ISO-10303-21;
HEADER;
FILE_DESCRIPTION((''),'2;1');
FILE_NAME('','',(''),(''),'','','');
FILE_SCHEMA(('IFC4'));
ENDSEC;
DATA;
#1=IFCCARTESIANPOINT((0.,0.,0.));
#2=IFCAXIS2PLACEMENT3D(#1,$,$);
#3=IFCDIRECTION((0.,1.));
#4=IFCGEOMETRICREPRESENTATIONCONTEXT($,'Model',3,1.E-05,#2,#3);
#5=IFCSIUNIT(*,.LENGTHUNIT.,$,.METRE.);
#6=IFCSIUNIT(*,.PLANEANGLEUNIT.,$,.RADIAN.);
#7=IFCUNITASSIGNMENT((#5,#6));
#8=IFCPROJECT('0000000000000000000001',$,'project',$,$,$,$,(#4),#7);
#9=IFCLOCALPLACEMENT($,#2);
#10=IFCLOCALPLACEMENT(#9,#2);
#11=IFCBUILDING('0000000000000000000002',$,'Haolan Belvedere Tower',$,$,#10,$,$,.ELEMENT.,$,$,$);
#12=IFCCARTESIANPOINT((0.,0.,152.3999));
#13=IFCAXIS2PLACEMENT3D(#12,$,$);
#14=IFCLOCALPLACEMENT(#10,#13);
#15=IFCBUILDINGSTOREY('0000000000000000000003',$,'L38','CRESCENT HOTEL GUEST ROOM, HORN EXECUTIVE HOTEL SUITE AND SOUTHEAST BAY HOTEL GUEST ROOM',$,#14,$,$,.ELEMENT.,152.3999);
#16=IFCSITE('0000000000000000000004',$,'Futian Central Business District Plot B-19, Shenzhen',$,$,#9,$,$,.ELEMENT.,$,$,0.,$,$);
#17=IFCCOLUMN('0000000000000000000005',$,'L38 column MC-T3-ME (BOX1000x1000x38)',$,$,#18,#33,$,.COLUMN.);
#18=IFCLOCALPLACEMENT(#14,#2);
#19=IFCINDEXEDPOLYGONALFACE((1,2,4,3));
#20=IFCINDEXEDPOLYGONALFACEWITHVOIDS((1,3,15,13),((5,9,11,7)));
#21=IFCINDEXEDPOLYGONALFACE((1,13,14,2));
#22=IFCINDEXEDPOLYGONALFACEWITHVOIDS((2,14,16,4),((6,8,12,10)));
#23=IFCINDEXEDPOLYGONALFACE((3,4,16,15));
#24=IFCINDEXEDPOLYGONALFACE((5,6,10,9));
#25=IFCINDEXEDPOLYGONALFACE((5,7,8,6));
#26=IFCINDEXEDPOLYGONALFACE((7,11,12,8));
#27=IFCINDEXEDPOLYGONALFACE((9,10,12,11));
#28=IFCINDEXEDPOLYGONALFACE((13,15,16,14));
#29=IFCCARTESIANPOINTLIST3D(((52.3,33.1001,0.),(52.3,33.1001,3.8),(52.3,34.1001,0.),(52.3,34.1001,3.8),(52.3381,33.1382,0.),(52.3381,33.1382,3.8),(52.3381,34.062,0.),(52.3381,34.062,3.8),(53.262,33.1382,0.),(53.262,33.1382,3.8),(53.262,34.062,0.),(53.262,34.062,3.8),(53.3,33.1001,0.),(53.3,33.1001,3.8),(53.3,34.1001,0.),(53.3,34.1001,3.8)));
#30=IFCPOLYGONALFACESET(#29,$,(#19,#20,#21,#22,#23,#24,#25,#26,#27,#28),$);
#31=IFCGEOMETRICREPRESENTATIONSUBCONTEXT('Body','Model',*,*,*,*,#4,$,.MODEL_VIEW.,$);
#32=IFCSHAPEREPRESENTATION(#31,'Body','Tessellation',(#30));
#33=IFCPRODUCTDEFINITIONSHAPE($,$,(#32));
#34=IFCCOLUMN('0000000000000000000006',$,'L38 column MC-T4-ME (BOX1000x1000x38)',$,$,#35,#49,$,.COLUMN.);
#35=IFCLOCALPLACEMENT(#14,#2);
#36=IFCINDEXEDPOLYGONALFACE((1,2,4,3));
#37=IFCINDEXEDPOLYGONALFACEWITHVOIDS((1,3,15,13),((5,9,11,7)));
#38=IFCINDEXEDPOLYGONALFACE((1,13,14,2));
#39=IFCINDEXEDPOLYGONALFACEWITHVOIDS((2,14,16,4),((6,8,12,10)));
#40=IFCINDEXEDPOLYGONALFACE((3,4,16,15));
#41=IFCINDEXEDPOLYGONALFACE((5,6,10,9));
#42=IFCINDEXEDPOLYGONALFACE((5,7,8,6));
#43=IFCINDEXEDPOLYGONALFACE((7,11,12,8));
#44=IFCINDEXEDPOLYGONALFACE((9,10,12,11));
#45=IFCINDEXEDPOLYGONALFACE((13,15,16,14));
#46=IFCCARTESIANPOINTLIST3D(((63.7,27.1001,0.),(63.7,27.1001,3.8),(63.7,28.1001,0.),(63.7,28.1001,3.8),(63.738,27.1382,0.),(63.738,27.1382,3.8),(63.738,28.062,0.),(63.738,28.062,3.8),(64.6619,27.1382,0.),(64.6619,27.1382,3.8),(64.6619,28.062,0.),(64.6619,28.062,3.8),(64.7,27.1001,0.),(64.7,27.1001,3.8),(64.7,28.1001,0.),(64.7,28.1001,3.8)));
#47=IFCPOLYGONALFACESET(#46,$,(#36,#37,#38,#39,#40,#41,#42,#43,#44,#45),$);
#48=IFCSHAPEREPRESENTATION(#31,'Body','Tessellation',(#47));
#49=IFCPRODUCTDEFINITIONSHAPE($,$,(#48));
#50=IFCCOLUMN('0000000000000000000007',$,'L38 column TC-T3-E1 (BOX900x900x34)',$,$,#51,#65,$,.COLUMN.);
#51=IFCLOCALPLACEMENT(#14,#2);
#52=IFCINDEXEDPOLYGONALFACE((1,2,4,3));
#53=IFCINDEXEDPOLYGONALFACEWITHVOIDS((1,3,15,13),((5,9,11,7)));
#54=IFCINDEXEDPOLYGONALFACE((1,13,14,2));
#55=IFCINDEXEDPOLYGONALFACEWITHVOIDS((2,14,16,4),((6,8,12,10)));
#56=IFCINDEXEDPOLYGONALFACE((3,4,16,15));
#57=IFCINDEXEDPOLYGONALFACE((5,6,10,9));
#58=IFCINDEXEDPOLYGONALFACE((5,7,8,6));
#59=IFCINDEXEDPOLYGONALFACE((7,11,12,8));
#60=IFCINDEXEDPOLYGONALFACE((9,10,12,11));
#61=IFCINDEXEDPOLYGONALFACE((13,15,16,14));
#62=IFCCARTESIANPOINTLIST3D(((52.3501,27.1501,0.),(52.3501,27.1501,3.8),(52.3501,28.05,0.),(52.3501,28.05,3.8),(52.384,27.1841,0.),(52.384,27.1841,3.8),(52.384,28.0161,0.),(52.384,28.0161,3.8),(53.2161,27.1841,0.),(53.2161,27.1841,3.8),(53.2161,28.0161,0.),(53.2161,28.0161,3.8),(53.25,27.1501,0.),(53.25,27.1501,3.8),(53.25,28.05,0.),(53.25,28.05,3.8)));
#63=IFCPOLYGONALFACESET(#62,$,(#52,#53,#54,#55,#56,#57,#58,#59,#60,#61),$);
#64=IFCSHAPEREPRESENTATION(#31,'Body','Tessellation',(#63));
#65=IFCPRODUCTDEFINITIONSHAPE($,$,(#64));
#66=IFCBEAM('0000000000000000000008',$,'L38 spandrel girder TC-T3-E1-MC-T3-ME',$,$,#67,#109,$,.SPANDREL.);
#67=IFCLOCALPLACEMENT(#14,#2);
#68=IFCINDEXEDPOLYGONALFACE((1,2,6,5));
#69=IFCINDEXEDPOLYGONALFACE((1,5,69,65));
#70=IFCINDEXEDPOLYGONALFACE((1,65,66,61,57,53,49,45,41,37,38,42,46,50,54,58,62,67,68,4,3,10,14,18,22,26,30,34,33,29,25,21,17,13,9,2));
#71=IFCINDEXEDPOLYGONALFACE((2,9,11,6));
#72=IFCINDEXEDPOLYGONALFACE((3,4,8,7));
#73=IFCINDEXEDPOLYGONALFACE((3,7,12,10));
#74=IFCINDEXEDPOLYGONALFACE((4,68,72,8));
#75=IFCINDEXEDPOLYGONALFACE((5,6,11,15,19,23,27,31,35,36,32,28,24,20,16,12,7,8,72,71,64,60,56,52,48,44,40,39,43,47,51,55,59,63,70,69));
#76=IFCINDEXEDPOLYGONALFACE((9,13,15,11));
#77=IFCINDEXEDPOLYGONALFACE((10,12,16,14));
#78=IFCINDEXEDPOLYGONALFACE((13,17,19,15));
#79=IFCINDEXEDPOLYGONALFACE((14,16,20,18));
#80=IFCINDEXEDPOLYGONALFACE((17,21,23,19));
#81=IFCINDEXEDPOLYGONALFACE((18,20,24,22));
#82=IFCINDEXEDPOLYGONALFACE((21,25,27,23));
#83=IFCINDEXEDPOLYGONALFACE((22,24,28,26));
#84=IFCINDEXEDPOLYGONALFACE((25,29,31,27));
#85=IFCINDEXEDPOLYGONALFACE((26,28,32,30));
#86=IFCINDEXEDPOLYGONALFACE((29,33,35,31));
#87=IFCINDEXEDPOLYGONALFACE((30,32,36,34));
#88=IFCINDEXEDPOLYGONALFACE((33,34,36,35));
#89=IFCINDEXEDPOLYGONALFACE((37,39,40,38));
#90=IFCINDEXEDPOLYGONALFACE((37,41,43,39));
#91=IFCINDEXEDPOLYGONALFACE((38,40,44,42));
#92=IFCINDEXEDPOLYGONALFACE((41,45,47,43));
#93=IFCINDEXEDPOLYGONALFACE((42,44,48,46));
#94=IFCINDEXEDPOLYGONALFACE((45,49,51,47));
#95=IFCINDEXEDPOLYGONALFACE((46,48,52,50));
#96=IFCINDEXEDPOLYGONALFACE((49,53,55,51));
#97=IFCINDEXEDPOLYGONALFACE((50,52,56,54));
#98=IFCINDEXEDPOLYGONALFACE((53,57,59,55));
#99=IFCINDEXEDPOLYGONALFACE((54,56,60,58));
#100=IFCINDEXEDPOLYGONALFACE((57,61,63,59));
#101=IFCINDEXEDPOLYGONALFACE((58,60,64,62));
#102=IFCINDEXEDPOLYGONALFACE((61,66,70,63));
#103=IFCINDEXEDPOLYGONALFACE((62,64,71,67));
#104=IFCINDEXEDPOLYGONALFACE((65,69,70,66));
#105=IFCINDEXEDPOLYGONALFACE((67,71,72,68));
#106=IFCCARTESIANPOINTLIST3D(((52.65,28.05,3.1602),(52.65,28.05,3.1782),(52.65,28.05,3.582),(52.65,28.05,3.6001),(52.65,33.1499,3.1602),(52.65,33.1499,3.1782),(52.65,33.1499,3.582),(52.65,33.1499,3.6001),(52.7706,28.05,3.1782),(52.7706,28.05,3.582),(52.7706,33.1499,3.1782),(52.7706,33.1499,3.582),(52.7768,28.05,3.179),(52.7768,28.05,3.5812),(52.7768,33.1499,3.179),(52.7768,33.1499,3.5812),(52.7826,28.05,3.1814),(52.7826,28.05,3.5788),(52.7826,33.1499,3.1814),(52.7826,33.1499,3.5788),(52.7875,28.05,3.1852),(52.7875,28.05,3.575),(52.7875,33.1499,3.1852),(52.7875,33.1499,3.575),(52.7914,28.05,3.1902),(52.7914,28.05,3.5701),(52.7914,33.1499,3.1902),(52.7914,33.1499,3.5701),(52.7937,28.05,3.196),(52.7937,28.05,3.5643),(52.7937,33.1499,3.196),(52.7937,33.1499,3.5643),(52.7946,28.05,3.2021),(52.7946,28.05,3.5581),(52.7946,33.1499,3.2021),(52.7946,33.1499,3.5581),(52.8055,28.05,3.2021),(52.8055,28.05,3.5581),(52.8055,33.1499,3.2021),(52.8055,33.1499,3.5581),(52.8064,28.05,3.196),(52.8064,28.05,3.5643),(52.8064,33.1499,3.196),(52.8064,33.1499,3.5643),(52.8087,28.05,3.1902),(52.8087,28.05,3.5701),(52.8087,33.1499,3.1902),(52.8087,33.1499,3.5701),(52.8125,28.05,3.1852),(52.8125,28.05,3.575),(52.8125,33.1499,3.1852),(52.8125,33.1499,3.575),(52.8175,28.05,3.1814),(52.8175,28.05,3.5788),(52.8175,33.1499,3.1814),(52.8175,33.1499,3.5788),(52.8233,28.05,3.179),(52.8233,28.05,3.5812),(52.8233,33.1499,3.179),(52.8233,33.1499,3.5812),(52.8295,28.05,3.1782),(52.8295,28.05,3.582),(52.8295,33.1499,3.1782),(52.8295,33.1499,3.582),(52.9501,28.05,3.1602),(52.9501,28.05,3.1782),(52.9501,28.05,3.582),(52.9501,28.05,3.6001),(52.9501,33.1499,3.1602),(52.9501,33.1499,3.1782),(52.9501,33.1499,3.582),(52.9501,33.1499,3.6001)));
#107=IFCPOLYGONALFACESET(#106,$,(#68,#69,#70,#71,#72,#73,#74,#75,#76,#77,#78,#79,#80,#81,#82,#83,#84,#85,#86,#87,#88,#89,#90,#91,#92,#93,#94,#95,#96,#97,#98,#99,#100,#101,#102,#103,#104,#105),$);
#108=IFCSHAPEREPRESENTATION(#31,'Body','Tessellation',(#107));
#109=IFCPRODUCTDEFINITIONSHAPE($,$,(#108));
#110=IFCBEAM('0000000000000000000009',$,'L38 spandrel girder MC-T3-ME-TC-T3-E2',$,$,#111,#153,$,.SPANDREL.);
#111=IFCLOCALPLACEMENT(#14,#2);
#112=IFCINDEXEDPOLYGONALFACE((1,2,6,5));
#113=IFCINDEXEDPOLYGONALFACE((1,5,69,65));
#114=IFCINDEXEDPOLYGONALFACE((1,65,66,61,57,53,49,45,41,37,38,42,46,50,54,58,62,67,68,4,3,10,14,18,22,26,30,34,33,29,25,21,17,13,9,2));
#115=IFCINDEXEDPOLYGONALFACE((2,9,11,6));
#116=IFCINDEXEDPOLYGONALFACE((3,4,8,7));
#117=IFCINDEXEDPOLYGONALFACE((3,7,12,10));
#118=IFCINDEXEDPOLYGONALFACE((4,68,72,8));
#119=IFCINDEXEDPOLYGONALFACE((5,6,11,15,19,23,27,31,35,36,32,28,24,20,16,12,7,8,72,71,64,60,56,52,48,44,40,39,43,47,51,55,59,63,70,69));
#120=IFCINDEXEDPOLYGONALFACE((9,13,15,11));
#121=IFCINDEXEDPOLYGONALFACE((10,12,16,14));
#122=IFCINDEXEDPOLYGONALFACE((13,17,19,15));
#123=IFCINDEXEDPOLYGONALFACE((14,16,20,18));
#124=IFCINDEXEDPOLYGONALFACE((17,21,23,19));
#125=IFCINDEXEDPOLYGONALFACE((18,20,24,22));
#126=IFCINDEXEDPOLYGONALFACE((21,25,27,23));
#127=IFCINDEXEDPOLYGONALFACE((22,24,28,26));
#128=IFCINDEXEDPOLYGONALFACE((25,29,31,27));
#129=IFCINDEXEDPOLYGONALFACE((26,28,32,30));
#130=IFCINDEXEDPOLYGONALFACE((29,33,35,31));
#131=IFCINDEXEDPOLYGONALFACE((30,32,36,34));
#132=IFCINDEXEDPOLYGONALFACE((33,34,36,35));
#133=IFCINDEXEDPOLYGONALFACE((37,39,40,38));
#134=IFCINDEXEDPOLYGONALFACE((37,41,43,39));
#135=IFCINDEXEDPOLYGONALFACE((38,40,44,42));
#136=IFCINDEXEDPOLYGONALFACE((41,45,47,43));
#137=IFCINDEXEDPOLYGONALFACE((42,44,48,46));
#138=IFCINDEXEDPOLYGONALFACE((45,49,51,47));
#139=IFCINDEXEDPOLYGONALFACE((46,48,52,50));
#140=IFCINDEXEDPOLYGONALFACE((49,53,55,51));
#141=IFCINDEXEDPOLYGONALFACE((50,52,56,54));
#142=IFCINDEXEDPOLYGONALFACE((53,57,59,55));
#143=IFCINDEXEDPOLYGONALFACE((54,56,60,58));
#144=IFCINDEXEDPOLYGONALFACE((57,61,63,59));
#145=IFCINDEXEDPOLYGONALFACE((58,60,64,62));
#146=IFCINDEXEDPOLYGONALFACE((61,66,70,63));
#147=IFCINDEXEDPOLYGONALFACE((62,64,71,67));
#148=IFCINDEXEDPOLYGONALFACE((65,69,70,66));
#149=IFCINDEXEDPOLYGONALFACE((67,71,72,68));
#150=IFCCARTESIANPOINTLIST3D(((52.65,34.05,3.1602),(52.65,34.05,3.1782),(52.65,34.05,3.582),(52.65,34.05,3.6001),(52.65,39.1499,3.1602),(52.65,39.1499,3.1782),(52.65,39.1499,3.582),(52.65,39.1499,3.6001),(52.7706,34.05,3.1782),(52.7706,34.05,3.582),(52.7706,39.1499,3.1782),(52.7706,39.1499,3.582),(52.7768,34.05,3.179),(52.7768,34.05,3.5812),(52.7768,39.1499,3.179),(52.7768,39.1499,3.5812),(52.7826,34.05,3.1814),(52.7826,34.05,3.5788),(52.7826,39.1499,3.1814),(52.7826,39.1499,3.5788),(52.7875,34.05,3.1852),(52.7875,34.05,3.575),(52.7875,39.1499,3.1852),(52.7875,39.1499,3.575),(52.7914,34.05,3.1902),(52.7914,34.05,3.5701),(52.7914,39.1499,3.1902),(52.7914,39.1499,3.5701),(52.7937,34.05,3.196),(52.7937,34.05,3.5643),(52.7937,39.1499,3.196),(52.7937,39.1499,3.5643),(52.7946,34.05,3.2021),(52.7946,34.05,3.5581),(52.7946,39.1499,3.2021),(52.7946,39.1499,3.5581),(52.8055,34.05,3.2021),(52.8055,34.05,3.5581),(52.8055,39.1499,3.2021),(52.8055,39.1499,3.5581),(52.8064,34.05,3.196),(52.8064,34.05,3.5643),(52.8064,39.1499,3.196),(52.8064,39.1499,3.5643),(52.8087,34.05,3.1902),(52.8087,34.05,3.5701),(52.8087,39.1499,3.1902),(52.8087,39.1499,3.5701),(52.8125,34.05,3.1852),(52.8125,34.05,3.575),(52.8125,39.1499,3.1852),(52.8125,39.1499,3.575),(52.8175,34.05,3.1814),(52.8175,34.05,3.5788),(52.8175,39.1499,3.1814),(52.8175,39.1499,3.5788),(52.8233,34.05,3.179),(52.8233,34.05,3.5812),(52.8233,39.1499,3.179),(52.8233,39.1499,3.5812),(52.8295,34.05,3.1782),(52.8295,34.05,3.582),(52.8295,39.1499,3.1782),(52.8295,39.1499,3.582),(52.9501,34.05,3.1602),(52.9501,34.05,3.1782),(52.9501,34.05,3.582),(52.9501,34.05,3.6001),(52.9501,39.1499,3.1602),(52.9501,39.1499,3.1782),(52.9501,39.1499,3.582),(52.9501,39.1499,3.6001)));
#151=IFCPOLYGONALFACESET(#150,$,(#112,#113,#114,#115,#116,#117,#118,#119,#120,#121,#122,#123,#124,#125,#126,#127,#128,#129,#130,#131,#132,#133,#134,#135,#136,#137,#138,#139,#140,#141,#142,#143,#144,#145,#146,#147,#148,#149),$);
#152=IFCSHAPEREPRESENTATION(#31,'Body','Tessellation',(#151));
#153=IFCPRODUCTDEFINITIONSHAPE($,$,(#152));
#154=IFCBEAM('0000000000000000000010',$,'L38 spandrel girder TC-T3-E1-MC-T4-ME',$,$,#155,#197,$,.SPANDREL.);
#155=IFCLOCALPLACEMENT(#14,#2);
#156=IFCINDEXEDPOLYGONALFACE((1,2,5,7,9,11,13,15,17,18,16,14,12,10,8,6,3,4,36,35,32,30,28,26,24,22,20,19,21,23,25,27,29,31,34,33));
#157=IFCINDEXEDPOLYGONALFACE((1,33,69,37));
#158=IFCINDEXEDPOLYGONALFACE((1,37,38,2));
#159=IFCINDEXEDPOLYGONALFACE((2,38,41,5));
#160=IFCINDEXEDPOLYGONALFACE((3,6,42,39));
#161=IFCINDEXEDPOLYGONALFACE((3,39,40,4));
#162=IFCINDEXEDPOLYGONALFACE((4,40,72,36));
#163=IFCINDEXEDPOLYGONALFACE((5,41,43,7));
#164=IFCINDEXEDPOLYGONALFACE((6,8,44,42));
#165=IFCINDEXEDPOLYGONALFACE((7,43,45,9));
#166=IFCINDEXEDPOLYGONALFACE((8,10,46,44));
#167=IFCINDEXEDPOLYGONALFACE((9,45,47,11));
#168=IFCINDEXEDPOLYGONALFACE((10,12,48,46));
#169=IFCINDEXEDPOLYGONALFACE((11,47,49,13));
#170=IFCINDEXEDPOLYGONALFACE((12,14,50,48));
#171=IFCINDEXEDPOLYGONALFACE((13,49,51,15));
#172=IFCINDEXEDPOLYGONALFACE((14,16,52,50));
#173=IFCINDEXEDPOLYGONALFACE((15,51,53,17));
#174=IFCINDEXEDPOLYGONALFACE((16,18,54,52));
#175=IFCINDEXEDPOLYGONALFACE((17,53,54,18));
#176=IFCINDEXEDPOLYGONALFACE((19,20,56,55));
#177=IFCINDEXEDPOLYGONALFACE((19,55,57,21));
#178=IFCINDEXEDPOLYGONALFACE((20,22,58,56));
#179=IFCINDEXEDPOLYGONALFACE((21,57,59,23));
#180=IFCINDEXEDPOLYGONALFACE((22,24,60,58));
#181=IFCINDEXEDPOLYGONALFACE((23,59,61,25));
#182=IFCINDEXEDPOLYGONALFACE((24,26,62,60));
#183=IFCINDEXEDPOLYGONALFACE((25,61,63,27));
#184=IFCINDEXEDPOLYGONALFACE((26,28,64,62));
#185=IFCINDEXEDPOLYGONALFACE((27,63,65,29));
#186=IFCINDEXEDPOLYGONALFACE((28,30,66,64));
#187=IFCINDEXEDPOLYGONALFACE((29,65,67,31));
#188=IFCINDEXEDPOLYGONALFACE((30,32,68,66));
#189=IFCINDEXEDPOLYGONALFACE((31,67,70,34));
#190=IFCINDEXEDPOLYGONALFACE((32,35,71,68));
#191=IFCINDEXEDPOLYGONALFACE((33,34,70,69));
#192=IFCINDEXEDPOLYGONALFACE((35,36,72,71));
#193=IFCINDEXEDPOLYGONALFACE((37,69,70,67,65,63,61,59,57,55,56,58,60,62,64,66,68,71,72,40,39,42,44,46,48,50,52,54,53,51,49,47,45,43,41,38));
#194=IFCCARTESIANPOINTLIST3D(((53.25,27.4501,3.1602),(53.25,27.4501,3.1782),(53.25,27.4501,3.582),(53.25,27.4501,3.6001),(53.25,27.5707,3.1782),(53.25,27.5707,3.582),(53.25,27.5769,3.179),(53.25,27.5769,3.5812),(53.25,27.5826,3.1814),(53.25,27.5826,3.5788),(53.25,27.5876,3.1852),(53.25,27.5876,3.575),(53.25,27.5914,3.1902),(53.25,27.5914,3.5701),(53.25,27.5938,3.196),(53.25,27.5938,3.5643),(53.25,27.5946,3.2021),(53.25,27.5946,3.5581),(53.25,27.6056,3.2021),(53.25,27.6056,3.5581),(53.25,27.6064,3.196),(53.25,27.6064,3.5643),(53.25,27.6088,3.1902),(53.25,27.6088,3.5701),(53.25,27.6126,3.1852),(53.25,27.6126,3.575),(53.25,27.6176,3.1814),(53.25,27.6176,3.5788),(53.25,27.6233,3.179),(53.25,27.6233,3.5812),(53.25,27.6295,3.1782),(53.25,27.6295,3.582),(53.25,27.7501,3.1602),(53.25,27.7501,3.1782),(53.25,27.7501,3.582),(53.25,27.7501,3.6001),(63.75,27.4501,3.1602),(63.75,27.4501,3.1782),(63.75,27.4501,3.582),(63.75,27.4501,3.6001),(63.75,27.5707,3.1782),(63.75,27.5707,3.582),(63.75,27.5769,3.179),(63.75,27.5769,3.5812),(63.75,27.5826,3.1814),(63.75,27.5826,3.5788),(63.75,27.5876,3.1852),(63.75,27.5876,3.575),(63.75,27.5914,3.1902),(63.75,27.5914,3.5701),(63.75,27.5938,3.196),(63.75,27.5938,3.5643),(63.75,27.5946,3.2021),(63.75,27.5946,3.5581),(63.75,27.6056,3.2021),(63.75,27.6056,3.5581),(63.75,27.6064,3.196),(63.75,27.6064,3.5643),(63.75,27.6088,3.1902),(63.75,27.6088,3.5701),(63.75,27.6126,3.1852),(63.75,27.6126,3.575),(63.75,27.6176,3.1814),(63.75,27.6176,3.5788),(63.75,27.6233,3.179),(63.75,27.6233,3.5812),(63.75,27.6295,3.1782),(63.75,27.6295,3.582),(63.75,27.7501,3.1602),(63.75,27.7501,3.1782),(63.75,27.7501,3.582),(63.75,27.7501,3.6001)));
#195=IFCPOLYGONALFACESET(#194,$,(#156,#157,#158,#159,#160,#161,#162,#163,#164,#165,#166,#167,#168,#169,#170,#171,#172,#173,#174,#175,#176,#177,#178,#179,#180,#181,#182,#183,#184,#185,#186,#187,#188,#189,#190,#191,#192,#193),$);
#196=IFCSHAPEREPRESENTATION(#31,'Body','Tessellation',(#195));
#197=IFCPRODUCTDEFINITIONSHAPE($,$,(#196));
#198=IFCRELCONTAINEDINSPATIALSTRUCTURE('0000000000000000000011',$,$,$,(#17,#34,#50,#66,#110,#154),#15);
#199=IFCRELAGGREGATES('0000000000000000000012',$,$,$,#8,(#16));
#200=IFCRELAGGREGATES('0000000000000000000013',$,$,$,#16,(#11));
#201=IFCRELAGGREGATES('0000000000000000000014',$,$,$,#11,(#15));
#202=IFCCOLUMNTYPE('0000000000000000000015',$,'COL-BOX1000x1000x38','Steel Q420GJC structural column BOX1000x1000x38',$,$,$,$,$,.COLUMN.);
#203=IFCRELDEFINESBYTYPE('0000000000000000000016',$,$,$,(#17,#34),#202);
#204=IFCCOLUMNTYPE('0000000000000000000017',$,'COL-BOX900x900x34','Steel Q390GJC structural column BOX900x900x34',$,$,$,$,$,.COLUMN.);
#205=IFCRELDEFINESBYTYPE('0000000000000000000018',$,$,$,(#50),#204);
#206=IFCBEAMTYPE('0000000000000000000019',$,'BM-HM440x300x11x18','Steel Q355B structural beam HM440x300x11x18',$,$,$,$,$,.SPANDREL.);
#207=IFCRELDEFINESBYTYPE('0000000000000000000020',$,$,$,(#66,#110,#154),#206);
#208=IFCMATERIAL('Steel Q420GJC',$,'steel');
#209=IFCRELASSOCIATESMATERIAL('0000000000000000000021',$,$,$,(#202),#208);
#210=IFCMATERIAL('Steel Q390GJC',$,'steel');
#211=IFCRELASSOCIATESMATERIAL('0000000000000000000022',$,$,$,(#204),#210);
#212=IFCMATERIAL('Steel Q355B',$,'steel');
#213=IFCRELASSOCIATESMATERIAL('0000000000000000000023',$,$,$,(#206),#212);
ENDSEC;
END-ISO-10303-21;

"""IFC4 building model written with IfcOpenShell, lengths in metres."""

from ifc_helpers import new_model, si_unit, direction, frame, origin, origin_2d, place, context, subcontext, project, spatial, hollow_rectangle, i_section, extrude, material, material_profile, profile_set, type_object, element, save


model = new_model("IFC4")

# Units and contexts
model_context = context("Model", 3, precision=1e-05, world=origin(), true_north=direction((0.0, 1.0)))
body_context = subcontext(model_context, "Body", "Model", "MODEL_VIEW")
ifc_project = project(units=[si_unit("LENGTHUNIT", "METRE"), si_unit("PLANEANGLEUNIT", "RADIAN")], contexts=[model_context])

# Site, building, storey
site_placement = place(None, origin())
site = spatial("IfcSite", under=ifc_project, at=site_placement, Name="Futian Central Business District Plot B-19, Shenzhen", CompositionType="ELEMENT", RefElevation=0.0)
building_placement = place(site_placement, origin())
building = spatial("IfcBuilding", under=site, at=building_placement, Name="Haolan Belvedere Tower", CompositionType="ELEMENT")
storey_placement = place(building_placement, frame((0.0, 0.0, 152.3999)))
storey = spatial("IfcBuildingStorey", under=building, at=storey_placement, Name="L38", Description="CRESCENT HOTEL GUEST ROOM, HORN EXECUTIVE HOTEL SUITE AND SOUTHEAST BAY HOTEL GUEST ROOM", CompositionType="ELEMENT", Elevation=152.3999)

# Columns
ifc_material_1 = material(Name="Steel Q420GJC", Category="steel")
ifc_material_profile_1 = material_profile(ifc_material_1, hollow_rectangle(XDim=1.0, YDim=1.0, WallThickness=0.0381, at=origin_2d()), Name="Steel Q420GJC")
ifc_profile_set_1 = profile_set([ifc_material_profile_1], Name="Steel Q420GJC")
column_type_1 = type_object("IfcColumnType", Name="COL-BOX1000x1000x38", Description="Steel Q420GJC structural column BOX1000x1000x38", PredefinedType="COLUMN", material=ifc_profile_set_1)
for number, where, z_axis, x_axis, name in (
    (1, (52.8, 33.6001, 0.0), (0.0, 0.0, 1.0), (1.0, 0.0, 0.0), "L38 column MC-T3-ME (BOX1000x1000x38)"),
    (2, (64.2, 27.6001, 0.0), (0.0, 0.0, 1.0), (1.0, 0.0, 0.0), "L38 column MC-T4-ME (BOX1000x1000x38)"),
):
    element("IfcColumn", number, at=place(storey_placement, frame(where, z_axis=z_axis, x_axis=x_axis)), inside=storey, type_object=column_type_1, Name=name, PredefinedType="COLUMN", context=body_context, shape_type="SweptSolid", body=[
        extrude(hollow_rectangle(XDim=1.0, YDim=1.0, WallThickness=0.0381, at=origin_2d()), origin(), (0.0, 0.0, 1.0), 3.8),
    ])
ifc_material_2 = material(Name="Steel Q390GJC", Category="steel")
ifc_material_profile_2 = material_profile(ifc_material_2, hollow_rectangle(XDim=0.8999, YDim=0.8999, WallThickness=0.0339, at=origin_2d()), Name="Steel Q390GJC")
ifc_profile_set_2 = profile_set([ifc_material_profile_2], Name="Steel Q390GJC")
column_type_2 = type_object("IfcColumnType", Name="COL-BOX900x900x34", Description="Steel Q390GJC structural column BOX900x900x34", PredefinedType="COLUMN", material=ifc_profile_set_2)
column_placement = place(storey_placement, frame((52.8, 27.6001, 0.0), z_axis=(0.0, 0.0, 1.0), x_axis=(1.0, 0.0, 0.0)))
element("IfcColumn", 3, at=column_placement, inside=storey, type_object=column_type_2, Name="L38 column TC-T3-E1 (BOX900x900x34)", PredefinedType="COLUMN", context=body_context, shape_type="SweptSolid", body=[
    extrude(hollow_rectangle(XDim=0.8999, YDim=0.8999, WallThickness=0.0339, at=origin_2d()), origin(), (0.0, 0.0, 1.0), 3.8),
])

# Beams
ifc_material_3 = material(Name="Steel Q355B", Category="steel")
ifc_material_profile_3 = material_profile(ifc_material_3, i_section(OverallWidth=0.3, OverallDepth=0.4399, WebThickness=0.011, FlangeThickness=0.0181, FilletRadius=0.0239, at=origin_2d()), Name="Steel Q355B")
ifc_profile_set_3 = profile_set([ifc_material_profile_3], Name="Steel Q355B")
beam_type = type_object("IfcBeamType", Name="BM-HM440x300x11x18", Description="Steel Q355B structural beam HM440x300x11x18", PredefinedType="SPANDREL", material=ifc_profile_set_3)
for number, where, z_axis, x_axis, name in (
    (4, (52.8, 28.05, 3.3801), (0.0, 1.0, 0.0), (-1.0, 0.0, 0.0), "L38 spandrel girder TC-T3-E1-MC-T3-ME"),
    (5, (52.8, 34.05, 3.3801), (0.0, 1.0, 0.0), (-1.0, 0.0, 0.0), "L38 spandrel girder MC-T3-ME-TC-T3-E2"),
):
    element("IfcBeam", number, at=place(storey_placement, frame(where, z_axis=z_axis, x_axis=x_axis)), inside=storey, type_object=beam_type, Name=name, PredefinedType="SPANDREL", context=body_context, shape_type="SweptSolid", body=[
        extrude(i_section(OverallWidth=0.3, OverallDepth=0.4399, WebThickness=0.011, FlangeThickness=0.0181, FilletRadius=0.0239, at=origin_2d()), origin(), (0.0, 0.0, 1.0), 5.0999),
    ])
beam_placement = place(storey_placement, frame((53.25, 27.6001, 3.3801), z_axis=(1.0, 0.0, 0.0), x_axis=(0.0, 1.0, 0.0)))
element("IfcBeam", 6, at=beam_placement, inside=storey, type_object=beam_type, Name="L38 spandrel girder TC-T3-E1-MC-T4-ME", PredefinedType="SPANDREL", context=body_context, shape_type="SweptSolid", body=[
    extrude(i_section(OverallWidth=0.3, OverallDepth=0.4399, WebThickness=0.011, FlangeThickness=0.0181, FilletRadius=0.0239, at=origin_2d()), origin(), (0.0, 0.0, 1.0), 10.5),
])

save(model, "model.ifc")
